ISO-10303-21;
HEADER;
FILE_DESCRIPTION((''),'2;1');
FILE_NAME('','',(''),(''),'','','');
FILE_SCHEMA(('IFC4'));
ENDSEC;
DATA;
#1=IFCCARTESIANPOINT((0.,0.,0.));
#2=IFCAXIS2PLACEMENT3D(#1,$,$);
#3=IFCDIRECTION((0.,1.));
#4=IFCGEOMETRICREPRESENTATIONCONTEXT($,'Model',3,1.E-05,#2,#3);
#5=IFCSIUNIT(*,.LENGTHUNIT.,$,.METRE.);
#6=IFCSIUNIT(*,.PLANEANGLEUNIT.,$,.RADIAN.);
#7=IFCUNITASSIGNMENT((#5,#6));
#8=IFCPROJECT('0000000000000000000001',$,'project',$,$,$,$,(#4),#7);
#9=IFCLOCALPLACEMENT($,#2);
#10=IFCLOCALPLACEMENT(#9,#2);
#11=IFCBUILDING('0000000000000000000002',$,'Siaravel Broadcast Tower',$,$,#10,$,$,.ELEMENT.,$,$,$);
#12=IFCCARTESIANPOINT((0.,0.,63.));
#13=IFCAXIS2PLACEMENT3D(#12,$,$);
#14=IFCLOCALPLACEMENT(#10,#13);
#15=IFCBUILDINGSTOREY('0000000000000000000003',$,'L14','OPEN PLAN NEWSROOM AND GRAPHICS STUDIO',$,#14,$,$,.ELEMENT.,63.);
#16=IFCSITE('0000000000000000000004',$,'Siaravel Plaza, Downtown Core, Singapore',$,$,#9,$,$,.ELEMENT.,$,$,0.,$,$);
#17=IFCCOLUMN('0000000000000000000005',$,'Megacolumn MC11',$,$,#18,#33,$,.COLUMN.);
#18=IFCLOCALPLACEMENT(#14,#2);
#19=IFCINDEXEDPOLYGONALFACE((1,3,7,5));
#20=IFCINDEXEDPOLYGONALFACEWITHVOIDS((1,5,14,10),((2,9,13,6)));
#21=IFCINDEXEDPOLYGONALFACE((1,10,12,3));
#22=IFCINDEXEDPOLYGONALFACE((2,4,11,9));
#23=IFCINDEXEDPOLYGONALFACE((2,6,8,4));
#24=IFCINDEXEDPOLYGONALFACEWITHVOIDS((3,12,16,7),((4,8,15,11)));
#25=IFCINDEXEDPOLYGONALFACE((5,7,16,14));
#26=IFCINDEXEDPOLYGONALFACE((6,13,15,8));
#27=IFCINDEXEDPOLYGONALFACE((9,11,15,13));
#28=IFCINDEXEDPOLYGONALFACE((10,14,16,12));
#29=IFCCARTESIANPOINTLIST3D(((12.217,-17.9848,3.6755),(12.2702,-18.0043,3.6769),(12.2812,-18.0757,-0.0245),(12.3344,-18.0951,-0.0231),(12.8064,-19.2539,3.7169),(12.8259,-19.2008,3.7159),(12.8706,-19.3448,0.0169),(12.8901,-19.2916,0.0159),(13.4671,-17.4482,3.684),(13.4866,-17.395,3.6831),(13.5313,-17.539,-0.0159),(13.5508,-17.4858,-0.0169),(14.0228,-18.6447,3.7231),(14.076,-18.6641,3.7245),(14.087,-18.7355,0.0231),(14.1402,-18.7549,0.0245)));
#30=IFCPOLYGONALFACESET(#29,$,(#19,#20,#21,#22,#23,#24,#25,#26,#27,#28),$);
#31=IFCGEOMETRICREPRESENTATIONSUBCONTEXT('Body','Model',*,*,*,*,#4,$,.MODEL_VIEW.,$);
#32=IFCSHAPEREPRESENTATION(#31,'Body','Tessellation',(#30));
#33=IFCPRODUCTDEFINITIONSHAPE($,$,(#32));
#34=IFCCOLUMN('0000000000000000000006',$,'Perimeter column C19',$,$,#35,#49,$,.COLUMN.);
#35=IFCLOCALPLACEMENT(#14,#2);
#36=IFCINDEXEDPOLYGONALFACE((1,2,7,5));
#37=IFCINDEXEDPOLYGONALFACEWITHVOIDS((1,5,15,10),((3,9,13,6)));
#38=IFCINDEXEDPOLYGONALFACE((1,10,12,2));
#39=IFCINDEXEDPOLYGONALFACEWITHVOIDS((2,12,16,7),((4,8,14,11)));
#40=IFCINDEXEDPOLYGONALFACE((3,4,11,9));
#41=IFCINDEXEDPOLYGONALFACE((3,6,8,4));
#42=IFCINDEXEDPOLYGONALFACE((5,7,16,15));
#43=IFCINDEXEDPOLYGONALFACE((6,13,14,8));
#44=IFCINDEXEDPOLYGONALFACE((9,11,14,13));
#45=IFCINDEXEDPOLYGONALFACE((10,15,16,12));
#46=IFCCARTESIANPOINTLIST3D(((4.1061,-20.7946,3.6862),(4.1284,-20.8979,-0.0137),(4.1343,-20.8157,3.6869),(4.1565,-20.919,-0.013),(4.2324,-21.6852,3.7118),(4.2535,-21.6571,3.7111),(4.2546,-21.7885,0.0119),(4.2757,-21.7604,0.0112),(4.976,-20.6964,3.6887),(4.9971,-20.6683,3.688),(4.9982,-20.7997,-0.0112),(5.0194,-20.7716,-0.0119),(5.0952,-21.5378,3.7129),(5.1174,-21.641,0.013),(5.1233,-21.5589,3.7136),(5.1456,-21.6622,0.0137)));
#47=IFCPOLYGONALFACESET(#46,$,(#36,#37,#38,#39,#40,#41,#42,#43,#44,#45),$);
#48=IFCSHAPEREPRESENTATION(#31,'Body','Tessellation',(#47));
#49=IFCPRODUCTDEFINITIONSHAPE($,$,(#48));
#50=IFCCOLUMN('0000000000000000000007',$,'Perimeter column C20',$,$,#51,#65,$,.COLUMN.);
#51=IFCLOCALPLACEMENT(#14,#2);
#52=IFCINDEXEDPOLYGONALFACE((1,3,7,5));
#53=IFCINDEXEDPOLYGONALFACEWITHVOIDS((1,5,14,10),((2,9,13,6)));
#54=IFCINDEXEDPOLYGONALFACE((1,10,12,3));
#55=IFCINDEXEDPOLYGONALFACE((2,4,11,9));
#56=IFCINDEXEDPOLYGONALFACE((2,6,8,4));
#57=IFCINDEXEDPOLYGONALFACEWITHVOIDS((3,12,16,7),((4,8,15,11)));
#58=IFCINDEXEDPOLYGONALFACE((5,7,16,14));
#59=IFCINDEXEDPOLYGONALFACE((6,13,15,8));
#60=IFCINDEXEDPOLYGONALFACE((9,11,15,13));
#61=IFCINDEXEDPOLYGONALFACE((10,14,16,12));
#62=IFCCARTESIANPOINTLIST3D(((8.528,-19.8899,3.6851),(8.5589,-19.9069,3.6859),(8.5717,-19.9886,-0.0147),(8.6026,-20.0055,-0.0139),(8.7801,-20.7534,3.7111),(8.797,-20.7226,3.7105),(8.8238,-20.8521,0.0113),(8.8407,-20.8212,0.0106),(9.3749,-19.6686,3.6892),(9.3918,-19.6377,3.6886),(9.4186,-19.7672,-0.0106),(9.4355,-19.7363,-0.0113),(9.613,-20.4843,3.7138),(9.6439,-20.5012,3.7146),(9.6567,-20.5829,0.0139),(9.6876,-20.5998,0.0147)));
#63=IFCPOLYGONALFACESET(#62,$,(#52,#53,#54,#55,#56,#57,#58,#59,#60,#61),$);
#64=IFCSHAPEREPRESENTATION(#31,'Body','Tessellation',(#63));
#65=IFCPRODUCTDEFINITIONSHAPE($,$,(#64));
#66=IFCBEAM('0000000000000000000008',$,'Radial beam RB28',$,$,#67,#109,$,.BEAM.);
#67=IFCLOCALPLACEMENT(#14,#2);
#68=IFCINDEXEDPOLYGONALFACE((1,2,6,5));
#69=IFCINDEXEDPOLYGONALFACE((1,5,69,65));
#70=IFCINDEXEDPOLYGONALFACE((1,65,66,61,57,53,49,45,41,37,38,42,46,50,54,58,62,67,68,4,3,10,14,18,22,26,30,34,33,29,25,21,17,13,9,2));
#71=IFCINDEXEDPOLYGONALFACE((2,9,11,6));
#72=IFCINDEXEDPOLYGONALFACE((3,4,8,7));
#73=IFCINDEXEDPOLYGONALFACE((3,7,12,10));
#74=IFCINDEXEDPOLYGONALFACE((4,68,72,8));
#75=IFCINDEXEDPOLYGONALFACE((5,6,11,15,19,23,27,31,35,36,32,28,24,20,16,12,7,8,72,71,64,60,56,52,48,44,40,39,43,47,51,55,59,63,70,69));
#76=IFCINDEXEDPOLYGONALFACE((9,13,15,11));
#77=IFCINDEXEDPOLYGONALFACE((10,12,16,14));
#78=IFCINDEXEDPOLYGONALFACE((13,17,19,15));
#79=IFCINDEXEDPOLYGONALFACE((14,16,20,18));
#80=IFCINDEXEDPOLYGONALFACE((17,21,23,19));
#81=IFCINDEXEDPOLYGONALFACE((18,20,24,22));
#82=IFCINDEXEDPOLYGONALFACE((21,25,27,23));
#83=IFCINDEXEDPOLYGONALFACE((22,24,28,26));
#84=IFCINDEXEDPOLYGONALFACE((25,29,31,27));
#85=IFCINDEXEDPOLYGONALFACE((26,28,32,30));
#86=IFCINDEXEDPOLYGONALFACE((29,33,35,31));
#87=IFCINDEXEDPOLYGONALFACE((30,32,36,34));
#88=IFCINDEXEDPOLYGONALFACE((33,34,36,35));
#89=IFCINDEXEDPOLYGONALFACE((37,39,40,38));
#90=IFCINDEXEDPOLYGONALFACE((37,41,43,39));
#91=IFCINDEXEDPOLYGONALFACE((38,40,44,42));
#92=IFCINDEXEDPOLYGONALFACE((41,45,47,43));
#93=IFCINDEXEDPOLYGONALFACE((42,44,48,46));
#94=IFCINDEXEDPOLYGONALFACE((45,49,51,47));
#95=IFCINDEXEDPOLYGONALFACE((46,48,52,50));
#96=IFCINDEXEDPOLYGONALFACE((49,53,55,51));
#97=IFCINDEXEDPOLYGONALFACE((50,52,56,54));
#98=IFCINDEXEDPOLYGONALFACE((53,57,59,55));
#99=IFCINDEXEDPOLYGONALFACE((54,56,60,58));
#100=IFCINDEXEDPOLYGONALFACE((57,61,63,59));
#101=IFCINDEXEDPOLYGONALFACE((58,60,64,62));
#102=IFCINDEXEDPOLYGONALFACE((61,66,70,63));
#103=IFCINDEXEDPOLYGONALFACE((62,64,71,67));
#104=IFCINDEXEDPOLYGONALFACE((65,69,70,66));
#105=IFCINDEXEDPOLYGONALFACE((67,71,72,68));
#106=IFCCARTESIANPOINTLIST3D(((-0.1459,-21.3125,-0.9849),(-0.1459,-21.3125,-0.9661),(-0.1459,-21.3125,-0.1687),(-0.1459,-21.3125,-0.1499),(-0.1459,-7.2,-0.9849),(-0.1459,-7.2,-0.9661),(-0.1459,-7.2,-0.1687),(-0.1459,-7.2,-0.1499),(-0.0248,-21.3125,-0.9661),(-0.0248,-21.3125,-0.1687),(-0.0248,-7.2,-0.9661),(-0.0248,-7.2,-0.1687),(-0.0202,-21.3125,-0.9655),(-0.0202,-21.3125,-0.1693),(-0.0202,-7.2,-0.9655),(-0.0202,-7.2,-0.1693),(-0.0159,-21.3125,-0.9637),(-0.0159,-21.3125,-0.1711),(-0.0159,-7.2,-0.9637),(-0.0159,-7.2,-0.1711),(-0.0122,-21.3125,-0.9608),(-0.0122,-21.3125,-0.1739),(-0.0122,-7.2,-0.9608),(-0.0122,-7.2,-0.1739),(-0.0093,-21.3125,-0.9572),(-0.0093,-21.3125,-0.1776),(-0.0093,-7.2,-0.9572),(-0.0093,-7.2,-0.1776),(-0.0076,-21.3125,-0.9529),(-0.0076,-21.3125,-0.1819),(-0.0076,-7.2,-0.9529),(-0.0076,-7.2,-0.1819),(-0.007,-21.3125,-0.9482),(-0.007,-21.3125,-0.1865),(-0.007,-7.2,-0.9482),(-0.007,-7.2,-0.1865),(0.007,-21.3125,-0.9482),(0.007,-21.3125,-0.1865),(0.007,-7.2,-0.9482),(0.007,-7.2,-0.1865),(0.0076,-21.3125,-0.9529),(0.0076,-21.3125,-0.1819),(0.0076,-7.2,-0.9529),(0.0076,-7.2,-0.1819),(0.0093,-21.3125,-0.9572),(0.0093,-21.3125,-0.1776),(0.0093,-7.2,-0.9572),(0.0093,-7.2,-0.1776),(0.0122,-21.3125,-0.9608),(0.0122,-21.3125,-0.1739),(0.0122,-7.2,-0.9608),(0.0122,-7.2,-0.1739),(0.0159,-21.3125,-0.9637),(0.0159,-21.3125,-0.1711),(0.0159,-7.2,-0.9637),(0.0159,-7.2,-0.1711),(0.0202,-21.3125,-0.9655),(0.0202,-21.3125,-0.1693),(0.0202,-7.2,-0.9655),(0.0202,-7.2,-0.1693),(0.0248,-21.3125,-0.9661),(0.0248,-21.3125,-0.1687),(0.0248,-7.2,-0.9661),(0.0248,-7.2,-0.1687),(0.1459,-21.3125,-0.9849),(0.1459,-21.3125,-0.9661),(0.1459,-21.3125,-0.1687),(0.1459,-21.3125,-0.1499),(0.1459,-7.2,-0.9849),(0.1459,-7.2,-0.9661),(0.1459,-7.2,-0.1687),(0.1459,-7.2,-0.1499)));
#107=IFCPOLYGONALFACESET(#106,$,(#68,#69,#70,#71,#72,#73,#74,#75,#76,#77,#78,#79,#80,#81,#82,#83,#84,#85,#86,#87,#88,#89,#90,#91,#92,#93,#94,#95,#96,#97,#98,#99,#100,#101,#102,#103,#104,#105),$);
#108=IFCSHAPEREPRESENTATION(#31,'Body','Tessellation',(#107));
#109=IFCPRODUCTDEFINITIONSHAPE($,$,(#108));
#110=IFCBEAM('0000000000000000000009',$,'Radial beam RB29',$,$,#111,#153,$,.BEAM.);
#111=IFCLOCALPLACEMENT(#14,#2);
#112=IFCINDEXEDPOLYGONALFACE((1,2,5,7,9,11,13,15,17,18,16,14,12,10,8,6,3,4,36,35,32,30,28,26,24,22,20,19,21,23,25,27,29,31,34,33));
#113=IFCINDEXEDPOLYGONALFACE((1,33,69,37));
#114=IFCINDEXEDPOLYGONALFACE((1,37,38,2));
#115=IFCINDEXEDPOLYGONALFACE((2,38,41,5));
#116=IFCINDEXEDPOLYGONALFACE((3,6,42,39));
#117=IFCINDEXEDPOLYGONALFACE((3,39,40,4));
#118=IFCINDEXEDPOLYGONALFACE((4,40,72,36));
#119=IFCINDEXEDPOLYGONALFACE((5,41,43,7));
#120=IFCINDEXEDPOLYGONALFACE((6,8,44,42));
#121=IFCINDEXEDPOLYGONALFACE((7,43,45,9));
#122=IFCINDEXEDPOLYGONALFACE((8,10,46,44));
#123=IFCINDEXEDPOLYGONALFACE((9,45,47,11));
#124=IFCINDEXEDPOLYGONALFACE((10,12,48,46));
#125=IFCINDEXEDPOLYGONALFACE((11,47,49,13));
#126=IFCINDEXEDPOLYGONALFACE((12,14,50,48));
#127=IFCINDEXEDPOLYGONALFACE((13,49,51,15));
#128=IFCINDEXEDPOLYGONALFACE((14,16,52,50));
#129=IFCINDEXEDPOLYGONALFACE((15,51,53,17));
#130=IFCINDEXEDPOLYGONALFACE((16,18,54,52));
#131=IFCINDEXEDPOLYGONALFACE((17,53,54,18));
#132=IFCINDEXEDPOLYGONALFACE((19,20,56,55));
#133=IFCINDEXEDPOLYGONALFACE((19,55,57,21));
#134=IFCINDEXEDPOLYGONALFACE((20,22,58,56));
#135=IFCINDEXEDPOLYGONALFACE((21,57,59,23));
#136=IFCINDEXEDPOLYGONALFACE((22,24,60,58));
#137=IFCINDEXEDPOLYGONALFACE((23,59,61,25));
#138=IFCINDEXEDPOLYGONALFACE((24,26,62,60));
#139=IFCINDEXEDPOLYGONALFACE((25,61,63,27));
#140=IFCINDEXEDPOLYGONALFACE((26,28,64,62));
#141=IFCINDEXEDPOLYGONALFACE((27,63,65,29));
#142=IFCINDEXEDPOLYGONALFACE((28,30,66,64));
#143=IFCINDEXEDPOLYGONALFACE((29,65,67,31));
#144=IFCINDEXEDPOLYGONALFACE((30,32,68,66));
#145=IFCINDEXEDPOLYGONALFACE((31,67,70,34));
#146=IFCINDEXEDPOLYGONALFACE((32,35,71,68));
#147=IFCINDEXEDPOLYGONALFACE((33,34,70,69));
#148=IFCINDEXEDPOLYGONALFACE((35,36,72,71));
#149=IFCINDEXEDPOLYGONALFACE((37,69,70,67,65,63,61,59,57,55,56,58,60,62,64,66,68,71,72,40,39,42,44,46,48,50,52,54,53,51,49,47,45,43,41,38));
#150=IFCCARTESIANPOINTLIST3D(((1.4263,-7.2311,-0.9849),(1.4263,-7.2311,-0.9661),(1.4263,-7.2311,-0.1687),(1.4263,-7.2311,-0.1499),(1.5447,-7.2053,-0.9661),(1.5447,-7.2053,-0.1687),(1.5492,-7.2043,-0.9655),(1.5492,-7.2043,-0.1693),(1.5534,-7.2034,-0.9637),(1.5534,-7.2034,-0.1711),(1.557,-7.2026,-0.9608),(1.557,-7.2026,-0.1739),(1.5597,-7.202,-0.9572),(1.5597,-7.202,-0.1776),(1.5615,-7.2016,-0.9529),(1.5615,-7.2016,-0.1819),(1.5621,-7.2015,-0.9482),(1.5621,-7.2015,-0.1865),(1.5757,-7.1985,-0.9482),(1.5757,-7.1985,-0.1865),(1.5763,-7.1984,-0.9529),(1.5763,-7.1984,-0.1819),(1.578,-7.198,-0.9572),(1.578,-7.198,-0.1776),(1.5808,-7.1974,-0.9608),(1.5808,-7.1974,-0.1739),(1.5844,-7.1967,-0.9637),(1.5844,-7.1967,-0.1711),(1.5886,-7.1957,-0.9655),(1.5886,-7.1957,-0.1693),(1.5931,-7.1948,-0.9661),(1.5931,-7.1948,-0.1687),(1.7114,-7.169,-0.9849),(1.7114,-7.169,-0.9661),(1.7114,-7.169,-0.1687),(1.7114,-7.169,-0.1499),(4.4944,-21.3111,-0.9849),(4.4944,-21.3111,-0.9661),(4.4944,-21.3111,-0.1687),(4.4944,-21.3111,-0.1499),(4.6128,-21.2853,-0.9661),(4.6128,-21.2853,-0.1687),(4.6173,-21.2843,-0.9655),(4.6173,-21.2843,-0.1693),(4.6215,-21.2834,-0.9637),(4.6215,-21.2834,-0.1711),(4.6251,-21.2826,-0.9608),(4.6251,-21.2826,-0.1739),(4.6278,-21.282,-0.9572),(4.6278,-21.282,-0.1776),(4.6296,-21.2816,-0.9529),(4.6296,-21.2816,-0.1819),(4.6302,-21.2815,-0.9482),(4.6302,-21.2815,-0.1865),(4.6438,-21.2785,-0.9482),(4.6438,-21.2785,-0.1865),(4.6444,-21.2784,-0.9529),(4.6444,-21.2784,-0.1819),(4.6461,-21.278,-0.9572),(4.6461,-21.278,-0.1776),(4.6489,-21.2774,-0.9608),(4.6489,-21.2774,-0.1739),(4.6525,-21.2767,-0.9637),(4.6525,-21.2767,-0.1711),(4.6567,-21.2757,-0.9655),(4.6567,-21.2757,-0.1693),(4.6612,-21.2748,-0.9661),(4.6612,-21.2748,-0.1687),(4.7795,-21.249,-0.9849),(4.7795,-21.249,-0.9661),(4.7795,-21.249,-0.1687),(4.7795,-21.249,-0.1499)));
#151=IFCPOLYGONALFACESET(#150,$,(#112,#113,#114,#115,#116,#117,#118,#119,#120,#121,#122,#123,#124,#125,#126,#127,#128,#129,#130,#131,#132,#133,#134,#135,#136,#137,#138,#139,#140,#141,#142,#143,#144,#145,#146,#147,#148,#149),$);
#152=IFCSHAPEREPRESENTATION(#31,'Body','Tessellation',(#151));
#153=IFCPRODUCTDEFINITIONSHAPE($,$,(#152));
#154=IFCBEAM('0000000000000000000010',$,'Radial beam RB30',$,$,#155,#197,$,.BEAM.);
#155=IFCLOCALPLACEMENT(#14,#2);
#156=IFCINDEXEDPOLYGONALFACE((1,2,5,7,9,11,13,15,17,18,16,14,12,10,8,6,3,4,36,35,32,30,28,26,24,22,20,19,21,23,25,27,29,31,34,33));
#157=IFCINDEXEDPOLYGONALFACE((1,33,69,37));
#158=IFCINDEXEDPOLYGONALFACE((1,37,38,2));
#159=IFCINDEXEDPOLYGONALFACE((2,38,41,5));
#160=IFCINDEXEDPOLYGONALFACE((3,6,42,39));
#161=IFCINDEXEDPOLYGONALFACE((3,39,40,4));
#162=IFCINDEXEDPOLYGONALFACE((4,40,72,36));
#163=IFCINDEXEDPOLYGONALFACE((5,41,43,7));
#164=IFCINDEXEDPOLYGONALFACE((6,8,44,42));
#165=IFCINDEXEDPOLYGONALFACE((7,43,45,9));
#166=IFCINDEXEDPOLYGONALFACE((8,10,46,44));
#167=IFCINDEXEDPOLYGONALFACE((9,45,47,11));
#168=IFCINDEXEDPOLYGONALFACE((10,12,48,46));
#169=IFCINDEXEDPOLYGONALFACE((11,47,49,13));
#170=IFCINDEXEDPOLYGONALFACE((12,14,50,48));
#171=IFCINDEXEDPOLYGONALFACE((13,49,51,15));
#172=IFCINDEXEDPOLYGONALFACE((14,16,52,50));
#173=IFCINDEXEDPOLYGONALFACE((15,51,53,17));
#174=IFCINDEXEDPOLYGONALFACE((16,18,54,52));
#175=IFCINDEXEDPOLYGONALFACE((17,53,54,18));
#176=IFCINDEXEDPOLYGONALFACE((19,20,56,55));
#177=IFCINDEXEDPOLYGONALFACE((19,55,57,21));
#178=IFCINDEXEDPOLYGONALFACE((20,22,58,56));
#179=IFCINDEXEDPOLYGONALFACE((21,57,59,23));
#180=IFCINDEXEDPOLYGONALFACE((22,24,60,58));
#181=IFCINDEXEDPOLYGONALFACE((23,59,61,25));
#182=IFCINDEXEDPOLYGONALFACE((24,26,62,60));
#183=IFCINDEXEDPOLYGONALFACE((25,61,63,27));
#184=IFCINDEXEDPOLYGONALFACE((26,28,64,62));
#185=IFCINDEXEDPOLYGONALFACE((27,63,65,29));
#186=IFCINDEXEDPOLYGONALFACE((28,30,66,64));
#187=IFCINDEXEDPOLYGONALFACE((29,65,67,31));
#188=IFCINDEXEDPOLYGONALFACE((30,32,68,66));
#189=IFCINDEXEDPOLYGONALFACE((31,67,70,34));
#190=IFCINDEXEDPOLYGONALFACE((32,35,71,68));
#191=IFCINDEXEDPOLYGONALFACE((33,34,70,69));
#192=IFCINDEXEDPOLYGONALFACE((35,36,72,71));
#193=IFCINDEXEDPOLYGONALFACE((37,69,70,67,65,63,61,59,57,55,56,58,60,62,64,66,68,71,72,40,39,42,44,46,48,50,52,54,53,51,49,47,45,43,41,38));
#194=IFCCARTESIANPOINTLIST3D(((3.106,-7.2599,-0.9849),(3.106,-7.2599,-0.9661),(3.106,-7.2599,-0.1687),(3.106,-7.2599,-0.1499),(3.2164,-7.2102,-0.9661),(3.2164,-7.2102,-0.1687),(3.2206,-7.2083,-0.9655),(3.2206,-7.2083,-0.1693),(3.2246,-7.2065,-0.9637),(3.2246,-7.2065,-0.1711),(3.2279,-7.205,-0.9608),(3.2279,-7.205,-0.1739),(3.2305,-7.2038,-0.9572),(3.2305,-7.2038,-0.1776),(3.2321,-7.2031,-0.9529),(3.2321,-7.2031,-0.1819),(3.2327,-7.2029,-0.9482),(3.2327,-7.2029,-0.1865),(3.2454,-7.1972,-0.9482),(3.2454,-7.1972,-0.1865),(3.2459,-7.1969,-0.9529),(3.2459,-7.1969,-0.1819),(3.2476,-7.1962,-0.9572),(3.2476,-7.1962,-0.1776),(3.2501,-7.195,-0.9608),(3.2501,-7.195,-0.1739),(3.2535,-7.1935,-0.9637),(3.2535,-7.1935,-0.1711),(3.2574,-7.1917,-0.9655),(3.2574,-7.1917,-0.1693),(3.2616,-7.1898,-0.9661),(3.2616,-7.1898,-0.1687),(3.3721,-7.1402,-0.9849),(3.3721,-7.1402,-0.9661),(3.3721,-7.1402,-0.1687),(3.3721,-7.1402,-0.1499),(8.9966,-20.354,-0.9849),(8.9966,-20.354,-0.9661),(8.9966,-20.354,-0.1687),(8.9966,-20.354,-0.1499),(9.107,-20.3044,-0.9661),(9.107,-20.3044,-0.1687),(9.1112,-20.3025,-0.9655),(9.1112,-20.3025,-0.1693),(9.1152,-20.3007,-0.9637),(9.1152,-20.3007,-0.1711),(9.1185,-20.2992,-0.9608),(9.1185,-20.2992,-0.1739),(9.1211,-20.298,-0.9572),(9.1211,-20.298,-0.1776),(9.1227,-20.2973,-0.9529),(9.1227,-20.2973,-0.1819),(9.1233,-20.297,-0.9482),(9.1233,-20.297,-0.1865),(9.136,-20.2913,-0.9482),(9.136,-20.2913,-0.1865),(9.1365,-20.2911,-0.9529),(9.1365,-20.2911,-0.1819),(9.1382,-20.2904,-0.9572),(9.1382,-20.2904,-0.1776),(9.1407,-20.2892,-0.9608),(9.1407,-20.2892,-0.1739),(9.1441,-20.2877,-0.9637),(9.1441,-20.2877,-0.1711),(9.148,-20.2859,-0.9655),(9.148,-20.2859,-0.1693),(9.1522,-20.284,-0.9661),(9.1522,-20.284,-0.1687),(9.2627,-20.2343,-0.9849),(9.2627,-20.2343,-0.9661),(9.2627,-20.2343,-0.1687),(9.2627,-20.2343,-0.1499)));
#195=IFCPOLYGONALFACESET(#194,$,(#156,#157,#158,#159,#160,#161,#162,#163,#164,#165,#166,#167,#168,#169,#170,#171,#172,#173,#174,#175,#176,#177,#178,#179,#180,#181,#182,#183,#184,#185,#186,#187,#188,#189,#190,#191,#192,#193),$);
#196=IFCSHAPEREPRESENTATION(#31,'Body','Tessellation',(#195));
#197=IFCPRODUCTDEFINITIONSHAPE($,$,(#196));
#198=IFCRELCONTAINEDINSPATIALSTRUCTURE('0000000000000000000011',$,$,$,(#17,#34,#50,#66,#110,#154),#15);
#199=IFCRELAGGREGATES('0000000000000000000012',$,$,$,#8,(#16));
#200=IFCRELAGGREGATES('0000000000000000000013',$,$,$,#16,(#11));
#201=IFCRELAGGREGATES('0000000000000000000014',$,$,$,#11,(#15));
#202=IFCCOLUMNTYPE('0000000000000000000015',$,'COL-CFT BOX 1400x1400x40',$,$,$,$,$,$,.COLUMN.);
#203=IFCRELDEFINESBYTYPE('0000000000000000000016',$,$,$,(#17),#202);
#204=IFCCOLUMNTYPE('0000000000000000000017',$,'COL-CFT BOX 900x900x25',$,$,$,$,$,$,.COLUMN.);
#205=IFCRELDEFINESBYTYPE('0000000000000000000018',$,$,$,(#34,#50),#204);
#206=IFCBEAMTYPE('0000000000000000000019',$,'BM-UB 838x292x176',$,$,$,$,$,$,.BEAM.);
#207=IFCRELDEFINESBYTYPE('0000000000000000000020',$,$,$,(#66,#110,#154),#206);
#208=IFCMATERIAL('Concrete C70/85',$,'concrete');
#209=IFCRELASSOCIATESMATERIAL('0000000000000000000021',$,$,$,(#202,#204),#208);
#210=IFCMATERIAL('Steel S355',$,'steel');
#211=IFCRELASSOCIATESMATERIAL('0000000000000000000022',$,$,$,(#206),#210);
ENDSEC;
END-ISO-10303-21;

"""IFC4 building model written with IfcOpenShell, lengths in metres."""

from ifc_helpers import new_model, si_unit, direction, frame, origin, origin_2d, place, context, subcontext, project, spatial, hollow_rectangle, i_section, extrude, material, material_profile, profile_set, type_object, element, save


model = new_model("IFC4")

# Units and contexts
model_context = context("Model", 3, precision=1e-05, world=origin(), true_north=direction((0.0, 1.0)))
body_context = subcontext(model_context, "Body", "Model", "MODEL_VIEW")
ifc_project = project(units=[si_unit("LENGTHUNIT", "METRE"), si_unit("PLANEANGLEUNIT", "RADIAN")], contexts=[model_context])

# Site, building, storey
site_placement = place(None, origin())
site = spatial("IfcSite", under=ifc_project, at=site_placement, Name="Siaravel Plaza, Downtown Core, Singapore", CompositionType="ELEMENT", RefElevation=0.0)
building_placement = place(site_placement, origin())
building = spatial("IfcBuilding", under=site, at=building_placement, Name="Siaravel Broadcast Tower", CompositionType="ELEMENT")
storey_placement = place(building_placement, frame((0.0, 0.0, 63.0)))
storey = spatial("IfcBuildingStorey", under=building, at=storey_placement, Name="L14", Description="OPEN PLAN NEWSROOM AND GRAPHICS STUDIO", CompositionType="ELEMENT", Elevation=63.0)

# Columns
ifc_material_1 = material(Name="Concrete C70/85", Category="concrete")
ifc_material_profile_1 = material_profile(ifc_material_1, hollow_rectangle(XDim=1.3999, YDim=1.3999, WallThickness=0.04, at=origin_2d()))
ifc_profile_set_1 = profile_set([ifc_material_profile_1], Name="Concrete C70/85")
column_type_1 = type_object("IfcColumnType", Name="COL-CFT BOX 1400x1400x40", PredefinedType="COLUMN", material=ifc_profile_set_1)
column_placement = place(storey_placement, frame((13.2107, -18.4153, 0.0), z_axis=(-0.017346, 0.024535, 0.999548), x_axis=(-0.90688, -0.421354, -0.005395)))
element("IfcColumn", 1, at=column_placement, inside=storey, type_object=column_type_1, Name="Megacolumn MC11", PredefinedType="COLUMN", context=body_context, shape_type="SweptSolid", body=[
    extrude(hollow_rectangle(XDim=1.3999, YDim=1.3999, WallThickness=0.04, at=origin_2d()), origin(), (0.0, 0.0, 1.0), 3.7017),
])
ifc_material_profile_2 = material_profile(ifc_material_1, hollow_rectangle(XDim=0.8999, YDim=0.8999, WallThickness=0.0249, at=origin_2d()))
ifc_profile_set_2 = profile_set([ifc_material_profile_2], Name="Concrete C70/85")
column_type_2 = type_object("IfcColumnType", Name="COL-CFT BOX 900x900x25", PredefinedType="COLUMN", material=ifc_profile_set_2)
for number, where, z_axis, x_axis, name in (
    (2, (4.637, -21.28, 0.0), (-0.006002, 0.0279, 0.999593), (-0.990099, -0.140359, -0.002028), "Perimeter column C19"),
    (3, (9.1296, -20.2942, 0.0), (-0.011806, 0.026647, 0.999575), (-0.959902, -0.28031, -0.003865), "Perimeter column C20"),
):
    element("IfcColumn", number, at=place(storey_placement, frame(where, z_axis=z_axis, x_axis=x_axis)), inside=storey, type_object=column_type_2, Name=name, PredefinedType="COLUMN", context=body_context, shape_type="SweptSolid", body=[
        extrude(hollow_rectangle(XDim=0.8999, YDim=0.8999, WallThickness=0.0249, at=origin_2d()), origin(), (0.0, 0.0, 1.0), 3.7014),
    ])

# Beams
ifc_material_2 = material(Name="Steel S355", Category="steel")
ifc_material_profile_3 = material_profile(ifc_material_2, i_section(OverallWidth=0.2917, OverallDepth=0.835, WebThickness=0.0139, FlangeThickness=0.0188, FilletRadius=0.0178, at=origin_2d()))
ifc_profile_set_3 = profile_set([ifc_material_profile_3], Name="Steel S355")
beam_type = type_object("IfcBeamType", Name="BM-UB 838x292x176", PredefinedType="BEAM", material=ifc_profile_set_3)
beam_1_placement = place(storey_placement, frame((0.0, -21.3125, -0.5674), z_axis=(0.0, 1.0, 0.0), x_axis=(-1.0, 0.0, 0.0)))
element("IfcBeam", 4, at=beam_1_placement, inside=storey, type_object=beam_type, Name="Radial beam RB28", PredefinedType="BEAM", context=body_context, shape_type="SweptSolid", body=[
    extrude(i_section(OverallWidth=0.2917, OverallDepth=0.835, WebThickness=0.0139, FlangeThickness=0.0188, FilletRadius=0.0178, at=origin_2d()), origin(), (0.0, 0.0, 1.0), 14.1125),
])
beam_2_placement = place(storey_placement, frame((4.637, -21.28, -0.5674), z_axis=(-0.212909, 0.977072, 0.0), x_axis=(-0.977072, -0.212909, 0.0)))
element("IfcBeam", 5, at=beam_2_placement, inside=storey, type_object=beam_type, Name="Radial beam RB29", PredefinedType="BEAM", context=body_context, shape_type="SweptSolid", body=[
    extrude(i_section(OverallWidth=0.2917, OverallDepth=0.835, WebThickness=0.0139, FlangeThickness=0.0188, FilletRadius=0.0178, at=origin_2d()), origin(), (0.0, 0.0, 1.0), 14.4104),
])
beam_3_placement = place(storey_placement, frame((9.1296, -20.2942, -0.5674), z_axis=(-0.410261, 0.911968, 0.0), x_axis=(-0.911968, -0.410261, 0.0)))
element("IfcBeam", 6, at=beam_3_placement, inside=storey, type_object=beam_type, Name="Radial beam RB30", PredefinedType="BEAM", context=body_context, shape_type="SweptSolid", body=[
    extrude(i_section(OverallWidth=0.2917, OverallDepth=0.835, WebThickness=0.0139, FlangeThickness=0.0188, FilletRadius=0.0178, at=origin_2d()), origin(), (0.0, 0.0, 1.0), 14.3582),
])

save(model, "model.ifc")
